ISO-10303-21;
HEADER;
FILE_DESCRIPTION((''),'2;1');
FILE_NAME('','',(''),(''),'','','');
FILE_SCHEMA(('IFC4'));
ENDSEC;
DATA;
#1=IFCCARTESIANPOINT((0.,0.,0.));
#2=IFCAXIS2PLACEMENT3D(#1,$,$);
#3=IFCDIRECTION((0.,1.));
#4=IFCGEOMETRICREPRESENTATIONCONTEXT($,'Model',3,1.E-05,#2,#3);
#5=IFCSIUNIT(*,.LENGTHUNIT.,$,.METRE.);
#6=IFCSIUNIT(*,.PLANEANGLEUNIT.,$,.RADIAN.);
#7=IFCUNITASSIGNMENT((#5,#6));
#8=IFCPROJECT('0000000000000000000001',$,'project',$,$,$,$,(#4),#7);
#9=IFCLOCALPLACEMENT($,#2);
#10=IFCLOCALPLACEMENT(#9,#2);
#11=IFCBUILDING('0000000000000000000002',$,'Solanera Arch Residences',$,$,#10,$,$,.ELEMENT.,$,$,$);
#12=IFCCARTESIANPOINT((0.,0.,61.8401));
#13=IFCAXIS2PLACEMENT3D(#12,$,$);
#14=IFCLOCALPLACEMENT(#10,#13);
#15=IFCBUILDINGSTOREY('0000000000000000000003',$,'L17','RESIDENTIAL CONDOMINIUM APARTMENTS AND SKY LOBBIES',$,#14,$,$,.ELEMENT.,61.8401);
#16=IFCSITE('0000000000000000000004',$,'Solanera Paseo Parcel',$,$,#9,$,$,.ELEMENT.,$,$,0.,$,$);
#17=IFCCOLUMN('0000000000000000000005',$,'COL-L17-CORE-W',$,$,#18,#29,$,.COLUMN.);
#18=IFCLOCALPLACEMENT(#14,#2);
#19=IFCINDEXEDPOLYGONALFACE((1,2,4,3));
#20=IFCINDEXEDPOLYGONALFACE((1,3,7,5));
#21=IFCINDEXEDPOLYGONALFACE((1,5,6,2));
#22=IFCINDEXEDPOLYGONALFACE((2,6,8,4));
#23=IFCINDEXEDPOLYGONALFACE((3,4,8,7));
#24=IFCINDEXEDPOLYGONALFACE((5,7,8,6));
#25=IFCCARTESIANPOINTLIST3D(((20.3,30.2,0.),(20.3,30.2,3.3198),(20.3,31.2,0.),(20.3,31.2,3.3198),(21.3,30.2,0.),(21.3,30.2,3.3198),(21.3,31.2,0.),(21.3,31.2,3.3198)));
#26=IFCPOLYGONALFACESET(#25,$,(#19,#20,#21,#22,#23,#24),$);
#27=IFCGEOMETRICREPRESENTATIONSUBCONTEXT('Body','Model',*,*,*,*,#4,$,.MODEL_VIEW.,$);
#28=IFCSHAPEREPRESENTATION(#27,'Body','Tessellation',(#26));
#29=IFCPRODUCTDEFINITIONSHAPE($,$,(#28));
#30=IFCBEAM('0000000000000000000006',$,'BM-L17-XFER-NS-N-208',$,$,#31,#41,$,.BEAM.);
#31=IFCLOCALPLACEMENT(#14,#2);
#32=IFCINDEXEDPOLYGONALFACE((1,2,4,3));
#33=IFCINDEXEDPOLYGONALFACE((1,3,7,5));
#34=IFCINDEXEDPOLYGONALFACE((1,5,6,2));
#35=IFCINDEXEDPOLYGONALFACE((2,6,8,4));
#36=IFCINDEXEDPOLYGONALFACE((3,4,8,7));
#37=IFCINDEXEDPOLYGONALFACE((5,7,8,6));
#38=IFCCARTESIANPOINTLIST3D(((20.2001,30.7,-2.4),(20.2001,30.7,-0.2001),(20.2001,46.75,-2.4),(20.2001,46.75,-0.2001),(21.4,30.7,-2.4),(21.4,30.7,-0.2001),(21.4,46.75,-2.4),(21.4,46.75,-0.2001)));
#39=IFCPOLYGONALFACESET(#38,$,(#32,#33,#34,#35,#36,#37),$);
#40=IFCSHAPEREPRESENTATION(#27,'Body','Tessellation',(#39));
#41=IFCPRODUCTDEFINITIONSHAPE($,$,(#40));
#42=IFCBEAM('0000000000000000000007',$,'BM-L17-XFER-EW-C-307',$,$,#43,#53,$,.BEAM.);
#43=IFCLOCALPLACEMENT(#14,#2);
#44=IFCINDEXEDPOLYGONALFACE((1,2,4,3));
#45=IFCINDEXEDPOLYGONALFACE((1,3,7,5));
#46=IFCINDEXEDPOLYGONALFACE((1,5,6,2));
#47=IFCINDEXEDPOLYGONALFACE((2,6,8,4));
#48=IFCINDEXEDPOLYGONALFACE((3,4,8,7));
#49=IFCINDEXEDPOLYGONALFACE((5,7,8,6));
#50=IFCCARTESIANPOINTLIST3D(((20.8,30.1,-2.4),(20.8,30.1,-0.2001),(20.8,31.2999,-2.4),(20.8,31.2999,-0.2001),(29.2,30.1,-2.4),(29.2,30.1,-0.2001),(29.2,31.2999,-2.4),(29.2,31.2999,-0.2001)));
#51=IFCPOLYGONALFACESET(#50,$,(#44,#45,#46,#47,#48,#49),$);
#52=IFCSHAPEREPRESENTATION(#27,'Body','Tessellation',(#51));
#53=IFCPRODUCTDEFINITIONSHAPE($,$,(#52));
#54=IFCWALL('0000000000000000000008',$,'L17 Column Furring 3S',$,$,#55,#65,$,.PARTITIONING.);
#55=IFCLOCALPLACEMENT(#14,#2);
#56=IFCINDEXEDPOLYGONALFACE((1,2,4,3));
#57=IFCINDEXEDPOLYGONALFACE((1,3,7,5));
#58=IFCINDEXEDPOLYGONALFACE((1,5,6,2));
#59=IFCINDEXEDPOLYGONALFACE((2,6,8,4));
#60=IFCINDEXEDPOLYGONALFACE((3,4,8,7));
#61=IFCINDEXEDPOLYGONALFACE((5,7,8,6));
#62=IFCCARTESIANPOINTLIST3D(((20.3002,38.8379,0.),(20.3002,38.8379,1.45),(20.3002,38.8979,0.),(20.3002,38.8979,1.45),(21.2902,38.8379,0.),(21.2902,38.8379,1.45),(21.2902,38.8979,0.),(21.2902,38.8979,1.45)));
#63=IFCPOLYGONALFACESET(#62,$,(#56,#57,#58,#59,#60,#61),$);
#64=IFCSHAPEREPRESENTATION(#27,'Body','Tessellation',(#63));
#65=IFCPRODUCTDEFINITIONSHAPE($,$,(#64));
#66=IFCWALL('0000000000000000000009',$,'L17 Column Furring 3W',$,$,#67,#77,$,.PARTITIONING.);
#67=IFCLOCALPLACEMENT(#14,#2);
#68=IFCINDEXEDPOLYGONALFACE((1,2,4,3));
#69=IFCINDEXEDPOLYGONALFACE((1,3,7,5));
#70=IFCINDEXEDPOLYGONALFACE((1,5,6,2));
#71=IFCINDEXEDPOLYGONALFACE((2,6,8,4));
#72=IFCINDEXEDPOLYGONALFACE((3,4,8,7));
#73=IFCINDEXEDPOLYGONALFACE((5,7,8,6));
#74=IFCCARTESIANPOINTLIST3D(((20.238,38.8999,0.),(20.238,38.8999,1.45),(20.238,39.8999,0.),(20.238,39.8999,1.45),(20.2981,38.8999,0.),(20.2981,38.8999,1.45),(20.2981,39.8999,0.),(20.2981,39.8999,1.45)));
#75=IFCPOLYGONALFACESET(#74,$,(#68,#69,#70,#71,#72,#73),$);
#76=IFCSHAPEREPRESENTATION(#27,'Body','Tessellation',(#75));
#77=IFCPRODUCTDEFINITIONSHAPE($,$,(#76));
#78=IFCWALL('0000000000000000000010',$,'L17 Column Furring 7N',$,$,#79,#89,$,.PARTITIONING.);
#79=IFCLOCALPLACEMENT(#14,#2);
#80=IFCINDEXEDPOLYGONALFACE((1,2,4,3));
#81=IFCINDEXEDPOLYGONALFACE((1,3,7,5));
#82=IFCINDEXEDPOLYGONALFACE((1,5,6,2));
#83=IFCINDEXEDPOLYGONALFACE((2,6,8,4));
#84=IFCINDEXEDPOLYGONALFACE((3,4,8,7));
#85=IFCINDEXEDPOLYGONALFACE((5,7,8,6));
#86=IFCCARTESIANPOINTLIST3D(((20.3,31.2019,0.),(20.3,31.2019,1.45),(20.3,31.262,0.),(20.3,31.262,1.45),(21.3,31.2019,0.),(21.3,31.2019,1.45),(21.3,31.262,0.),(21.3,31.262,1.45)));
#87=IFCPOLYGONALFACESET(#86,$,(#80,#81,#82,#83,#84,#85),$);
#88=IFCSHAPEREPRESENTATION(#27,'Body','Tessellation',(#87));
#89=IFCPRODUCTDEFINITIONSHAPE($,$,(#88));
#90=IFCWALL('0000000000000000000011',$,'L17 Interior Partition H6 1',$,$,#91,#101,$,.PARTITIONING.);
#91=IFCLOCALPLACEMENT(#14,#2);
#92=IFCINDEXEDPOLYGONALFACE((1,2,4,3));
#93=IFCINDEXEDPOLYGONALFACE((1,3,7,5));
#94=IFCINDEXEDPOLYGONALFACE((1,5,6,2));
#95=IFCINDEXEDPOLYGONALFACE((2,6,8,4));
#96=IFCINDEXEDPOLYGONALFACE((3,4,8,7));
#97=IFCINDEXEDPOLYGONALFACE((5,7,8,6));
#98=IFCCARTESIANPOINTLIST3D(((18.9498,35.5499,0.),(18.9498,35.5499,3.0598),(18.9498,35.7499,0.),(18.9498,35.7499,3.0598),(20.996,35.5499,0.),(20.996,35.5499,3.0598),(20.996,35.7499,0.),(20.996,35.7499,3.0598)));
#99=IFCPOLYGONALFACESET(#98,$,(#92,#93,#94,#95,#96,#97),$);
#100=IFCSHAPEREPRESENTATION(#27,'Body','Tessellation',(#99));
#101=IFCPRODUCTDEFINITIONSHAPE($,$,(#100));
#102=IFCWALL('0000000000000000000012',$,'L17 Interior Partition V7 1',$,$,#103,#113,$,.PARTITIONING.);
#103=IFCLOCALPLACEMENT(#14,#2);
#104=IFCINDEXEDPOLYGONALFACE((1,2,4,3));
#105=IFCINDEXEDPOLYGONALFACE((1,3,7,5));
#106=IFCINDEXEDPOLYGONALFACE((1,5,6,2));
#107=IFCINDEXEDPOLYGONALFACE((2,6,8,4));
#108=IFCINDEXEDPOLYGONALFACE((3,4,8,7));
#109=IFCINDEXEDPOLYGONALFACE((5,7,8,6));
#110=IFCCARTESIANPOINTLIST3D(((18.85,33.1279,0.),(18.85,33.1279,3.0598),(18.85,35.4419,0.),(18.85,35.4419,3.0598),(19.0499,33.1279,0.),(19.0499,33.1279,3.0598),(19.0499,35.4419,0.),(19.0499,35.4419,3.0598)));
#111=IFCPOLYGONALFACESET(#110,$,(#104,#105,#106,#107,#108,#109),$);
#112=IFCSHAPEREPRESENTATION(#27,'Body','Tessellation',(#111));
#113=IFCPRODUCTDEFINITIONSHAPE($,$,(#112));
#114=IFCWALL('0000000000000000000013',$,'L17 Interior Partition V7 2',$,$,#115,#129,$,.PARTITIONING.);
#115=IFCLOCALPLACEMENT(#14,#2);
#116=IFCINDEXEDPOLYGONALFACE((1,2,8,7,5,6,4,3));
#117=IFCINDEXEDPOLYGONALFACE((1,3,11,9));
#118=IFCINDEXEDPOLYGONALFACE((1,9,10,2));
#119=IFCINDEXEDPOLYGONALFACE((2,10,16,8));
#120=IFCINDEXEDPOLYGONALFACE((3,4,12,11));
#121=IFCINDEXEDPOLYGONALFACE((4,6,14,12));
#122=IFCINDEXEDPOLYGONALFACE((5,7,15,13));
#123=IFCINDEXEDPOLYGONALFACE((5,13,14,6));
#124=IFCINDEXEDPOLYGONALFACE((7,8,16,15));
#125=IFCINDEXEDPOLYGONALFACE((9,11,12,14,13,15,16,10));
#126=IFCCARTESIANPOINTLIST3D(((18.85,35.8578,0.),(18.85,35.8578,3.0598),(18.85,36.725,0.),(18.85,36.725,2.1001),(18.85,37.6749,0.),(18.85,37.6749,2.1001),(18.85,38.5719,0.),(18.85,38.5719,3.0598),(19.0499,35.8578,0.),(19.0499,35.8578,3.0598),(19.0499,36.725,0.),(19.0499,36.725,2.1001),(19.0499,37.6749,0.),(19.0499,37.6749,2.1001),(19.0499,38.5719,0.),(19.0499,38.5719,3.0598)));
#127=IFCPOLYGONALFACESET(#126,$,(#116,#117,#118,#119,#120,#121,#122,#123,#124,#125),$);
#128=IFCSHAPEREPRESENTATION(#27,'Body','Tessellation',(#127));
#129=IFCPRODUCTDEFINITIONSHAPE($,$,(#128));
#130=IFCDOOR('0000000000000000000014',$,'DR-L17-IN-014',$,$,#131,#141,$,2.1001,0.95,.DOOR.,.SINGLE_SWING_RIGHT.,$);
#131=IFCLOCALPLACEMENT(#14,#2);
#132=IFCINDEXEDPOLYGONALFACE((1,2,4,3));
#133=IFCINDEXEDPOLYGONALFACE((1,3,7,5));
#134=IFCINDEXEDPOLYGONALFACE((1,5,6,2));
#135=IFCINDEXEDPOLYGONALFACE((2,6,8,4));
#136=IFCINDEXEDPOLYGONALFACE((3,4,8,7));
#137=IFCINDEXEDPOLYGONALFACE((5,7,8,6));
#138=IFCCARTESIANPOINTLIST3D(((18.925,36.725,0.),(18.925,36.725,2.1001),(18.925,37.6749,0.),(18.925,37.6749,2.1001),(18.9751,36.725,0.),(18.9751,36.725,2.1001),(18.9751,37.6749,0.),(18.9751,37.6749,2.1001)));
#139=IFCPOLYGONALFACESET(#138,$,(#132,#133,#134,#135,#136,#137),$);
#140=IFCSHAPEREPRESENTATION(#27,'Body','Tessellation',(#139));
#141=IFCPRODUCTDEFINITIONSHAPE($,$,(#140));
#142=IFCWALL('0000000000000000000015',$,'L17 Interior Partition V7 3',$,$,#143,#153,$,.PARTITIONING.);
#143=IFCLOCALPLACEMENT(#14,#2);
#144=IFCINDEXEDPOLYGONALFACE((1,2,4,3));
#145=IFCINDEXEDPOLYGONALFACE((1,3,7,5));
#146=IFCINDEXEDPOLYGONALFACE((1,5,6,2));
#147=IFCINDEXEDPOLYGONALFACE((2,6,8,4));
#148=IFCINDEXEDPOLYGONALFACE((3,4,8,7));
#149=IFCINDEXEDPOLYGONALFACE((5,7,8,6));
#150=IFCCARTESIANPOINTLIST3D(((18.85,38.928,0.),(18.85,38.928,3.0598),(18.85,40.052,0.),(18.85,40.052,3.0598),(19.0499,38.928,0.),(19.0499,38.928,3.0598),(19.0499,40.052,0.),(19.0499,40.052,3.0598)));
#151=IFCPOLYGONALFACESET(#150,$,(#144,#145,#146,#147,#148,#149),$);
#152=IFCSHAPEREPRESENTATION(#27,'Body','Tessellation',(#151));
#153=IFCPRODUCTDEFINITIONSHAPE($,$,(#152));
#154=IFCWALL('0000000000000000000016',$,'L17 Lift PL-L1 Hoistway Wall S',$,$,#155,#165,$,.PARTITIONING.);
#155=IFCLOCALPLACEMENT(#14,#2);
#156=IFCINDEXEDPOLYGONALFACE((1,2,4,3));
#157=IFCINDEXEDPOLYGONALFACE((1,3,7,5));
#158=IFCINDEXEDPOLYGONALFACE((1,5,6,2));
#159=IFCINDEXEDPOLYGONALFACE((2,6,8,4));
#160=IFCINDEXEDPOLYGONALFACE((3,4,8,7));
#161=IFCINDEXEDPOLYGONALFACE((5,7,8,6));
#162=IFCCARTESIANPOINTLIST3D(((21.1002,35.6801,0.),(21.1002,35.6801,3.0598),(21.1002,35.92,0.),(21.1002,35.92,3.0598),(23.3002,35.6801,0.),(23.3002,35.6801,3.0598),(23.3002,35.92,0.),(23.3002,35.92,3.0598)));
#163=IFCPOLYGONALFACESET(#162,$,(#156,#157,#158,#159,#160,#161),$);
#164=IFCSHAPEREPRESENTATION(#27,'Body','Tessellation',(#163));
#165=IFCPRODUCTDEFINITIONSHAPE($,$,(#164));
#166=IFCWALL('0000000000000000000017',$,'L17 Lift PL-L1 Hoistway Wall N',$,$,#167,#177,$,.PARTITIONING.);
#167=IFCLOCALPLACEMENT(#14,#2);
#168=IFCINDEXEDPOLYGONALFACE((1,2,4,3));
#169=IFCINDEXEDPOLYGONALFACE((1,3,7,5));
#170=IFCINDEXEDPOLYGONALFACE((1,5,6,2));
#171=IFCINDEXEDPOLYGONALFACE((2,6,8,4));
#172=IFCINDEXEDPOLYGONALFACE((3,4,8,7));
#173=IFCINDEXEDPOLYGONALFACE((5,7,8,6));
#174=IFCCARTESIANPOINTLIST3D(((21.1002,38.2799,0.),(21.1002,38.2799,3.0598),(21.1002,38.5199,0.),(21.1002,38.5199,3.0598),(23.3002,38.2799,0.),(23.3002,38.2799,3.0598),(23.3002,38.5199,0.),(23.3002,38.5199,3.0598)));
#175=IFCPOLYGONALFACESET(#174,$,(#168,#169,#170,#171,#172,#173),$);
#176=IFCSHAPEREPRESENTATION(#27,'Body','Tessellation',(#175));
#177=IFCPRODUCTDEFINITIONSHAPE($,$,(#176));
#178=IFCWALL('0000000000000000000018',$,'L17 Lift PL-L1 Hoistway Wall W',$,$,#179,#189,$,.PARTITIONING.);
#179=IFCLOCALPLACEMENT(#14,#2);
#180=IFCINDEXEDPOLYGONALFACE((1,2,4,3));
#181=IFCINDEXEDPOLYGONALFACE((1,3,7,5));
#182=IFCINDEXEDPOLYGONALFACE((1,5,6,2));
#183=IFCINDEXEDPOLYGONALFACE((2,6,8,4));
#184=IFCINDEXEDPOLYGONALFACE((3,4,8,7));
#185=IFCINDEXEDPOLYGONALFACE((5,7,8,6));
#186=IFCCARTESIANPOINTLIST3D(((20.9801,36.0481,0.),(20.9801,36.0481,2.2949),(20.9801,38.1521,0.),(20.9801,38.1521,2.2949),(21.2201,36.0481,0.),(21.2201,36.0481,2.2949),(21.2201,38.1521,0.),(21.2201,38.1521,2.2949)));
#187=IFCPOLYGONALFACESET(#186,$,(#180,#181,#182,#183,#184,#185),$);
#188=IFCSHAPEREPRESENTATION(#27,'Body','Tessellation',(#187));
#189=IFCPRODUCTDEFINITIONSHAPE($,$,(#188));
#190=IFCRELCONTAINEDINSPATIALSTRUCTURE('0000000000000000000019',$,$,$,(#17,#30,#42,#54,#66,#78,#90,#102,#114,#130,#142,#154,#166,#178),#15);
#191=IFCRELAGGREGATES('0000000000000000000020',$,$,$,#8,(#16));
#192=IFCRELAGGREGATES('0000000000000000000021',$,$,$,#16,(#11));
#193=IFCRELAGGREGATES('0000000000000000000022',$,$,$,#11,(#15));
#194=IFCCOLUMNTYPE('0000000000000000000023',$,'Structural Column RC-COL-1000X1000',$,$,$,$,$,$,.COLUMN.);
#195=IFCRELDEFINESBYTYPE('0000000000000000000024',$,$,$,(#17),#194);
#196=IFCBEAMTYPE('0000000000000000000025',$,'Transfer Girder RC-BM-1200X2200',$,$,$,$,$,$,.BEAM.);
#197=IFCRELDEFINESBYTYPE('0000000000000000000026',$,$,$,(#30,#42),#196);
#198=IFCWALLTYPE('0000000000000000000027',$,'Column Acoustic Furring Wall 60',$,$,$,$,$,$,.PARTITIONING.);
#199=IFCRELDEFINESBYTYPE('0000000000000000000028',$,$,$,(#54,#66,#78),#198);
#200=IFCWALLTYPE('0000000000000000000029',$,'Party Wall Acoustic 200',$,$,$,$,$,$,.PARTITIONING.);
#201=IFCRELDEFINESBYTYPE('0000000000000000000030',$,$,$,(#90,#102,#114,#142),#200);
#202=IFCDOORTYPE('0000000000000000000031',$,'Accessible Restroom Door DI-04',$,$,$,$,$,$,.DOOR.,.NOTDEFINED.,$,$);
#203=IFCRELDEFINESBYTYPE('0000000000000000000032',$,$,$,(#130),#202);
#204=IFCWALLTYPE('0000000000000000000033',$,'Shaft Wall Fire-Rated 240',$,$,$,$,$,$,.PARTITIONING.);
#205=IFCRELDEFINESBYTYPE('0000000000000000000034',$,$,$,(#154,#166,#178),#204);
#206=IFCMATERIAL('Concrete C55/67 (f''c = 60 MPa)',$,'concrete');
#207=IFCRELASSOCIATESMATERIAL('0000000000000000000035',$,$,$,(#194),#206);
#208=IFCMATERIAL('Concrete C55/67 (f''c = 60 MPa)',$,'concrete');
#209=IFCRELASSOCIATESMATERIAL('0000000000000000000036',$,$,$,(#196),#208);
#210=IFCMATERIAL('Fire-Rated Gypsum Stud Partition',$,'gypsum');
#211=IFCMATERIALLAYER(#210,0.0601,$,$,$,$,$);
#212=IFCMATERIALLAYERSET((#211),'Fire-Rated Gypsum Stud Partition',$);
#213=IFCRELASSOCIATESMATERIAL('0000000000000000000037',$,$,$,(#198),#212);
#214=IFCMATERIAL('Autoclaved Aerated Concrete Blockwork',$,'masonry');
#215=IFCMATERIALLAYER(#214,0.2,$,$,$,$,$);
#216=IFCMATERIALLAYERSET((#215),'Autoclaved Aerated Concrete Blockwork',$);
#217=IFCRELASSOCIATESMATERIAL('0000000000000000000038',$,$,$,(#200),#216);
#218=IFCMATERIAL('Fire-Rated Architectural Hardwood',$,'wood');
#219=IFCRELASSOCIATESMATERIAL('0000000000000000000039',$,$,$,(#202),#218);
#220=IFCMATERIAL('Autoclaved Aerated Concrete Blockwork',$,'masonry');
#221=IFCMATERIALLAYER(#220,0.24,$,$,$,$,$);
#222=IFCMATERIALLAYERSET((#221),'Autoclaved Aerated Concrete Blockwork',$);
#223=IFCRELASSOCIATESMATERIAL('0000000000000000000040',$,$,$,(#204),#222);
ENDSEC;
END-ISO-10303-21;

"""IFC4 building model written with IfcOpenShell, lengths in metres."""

from ifc_helpers import new_model, si_unit, direction, frame, frame_2d, origin, origin_2d, place, context, subcontext, project, spatial, rectangle, extrude, material, layer, layer_set, material_profile, profile_set, type_object, element, fill, save


model = new_model("IFC4")

# Units and contexts
model_context = context("Model", 3, precision=1e-05, world=origin(), true_north=direction((0.0, 1.0)))
body_context = subcontext(model_context, "Body", "Model", "MODEL_VIEW")
ifc_project = project(units=[si_unit("LENGTHUNIT", "METRE"), si_unit("PLANEANGLEUNIT", "RADIAN")], contexts=[model_context])

# Site, building, storey
site_placement = place(None, origin())
site = spatial("IfcSite", under=ifc_project, at=site_placement, Name="Solanera Paseo Parcel", CompositionType="ELEMENT", RefElevation=0.0)
building_placement = place(site_placement, origin())
building = spatial("IfcBuilding", under=site, at=building_placement, Name="Solanera Arch Residences", CompositionType="ELEMENT")
storey_placement = place(building_placement, frame((0.0, 0.0, 61.8401)))
storey = spatial("IfcBuildingStorey", under=building, at=storey_placement, Name="L17", Description="RESIDENTIAL CONDOMINIUM APARTMENTS AND SKY LOBBIES", CompositionType="ELEMENT", Elevation=61.8401)

# Column
ifc_material_1 = material(Name="Concrete C55/67 (f'c = 60 MPa)", Category="concrete")
ifc_material_profile_1 = material_profile(ifc_material_1, rectangle(XDim=1.0, YDim=1.0, at=origin_2d()))
ifc_profile_set_1 = profile_set([ifc_material_profile_1], Name="Concrete C55/67 (f'c = 60 MPa)")
column_type = type_object("IfcColumnType", Name="Structural Column RC-COL-1000X1000", PredefinedType="COLUMN", material=ifc_profile_set_1)
column_placement = place(storey_placement, frame((20.8, 30.7, 0.0), z_axis=(0.0, 0.0, 1.0), x_axis=(1.0, 0.0, 0.0)))
element("IfcColumn", 1, at=column_placement, inside=storey, type_object=column_type, Name="COL-L17-CORE-W", PredefinedType="COLUMN", context=body_context, shape_type="SweptSolid", body=[
    extrude(rectangle(XDim=1.0, YDim=1.0, at=origin_2d()), origin(), (0.0, 0.0, 1.0), 3.3198),
])

# Beams
ifc_material_2 = material(Name="Concrete C55/67 (f'c = 60 MPa)", Category="concrete")
ifc_material_profile_2 = material_profile(ifc_material_2, rectangle(XDim=1.2, YDim=2.2, at=origin_2d()))
ifc_profile_set_2 = profile_set([ifc_material_profile_2], Name="Concrete C55/67 (f'c = 60 MPa)")
beam_type = type_object("IfcBeamType", Name="Transfer Girder RC-BM-1200X2200", PredefinedType="BEAM", material=ifc_profile_set_2)
beam_1_placement = place(storey_placement, frame((20.8, 30.7, -1.3), z_axis=(0.0, 1.0, 0.0), x_axis=(-1.0, 0.0, 0.0)))
element("IfcBeam", 2, at=beam_1_placement, inside=storey, type_object=beam_type, Name="BM-L17-XFER-NS-N-208", PredefinedType="BEAM", context=body_context, shape_type="SweptSolid", body=[
    extrude(rectangle(XDim=1.2, YDim=2.2, at=origin_2d()), origin(), (0.0, 0.0, 1.0), 16.05),
])
beam_2_placement = place(storey_placement, frame((20.8, 30.7, -1.3), z_axis=(1.0, 0.0, 0.0), x_axis=(0.0, 1.0, 0.0)))
element("IfcBeam", 3, at=beam_2_placement, inside=storey, type_object=beam_type, Name="BM-L17-XFER-EW-C-307", PredefinedType="BEAM", context=body_context, shape_type="SweptSolid", body=[
    extrude(rectangle(XDim=1.2, YDim=2.2, at=origin_2d()), origin(), (0.0, 0.0, 1.0), 8.3999),
])

# Walls
ifc_material_3 = material(Name="Fire-Rated Gypsum Stud Partition", Category="gypsum")
ifc_layer_1 = layer(ifc_material_3, 0.0601)
ifc_layer_set_1 = layer_set([ifc_layer_1], Name="Fire-Rated Gypsum Stud Partition")
wall_type_1 = type_object("IfcWallType", Name="Column Acoustic Furring Wall 60", PredefinedType="PARTITIONING", material=ifc_layer_set_1)
wall_1_placement = place(storey_placement, frame((20.3, 38.8679, 0.0), z_axis=(0.0, 0.0, 1.0), x_axis=(1.0, 0.0, 0.0)))
element("IfcWall", 4, at=wall_1_placement, inside=storey, type_object=wall_type_1, Name="L17 Column Furring 3S", PredefinedType="PARTITIONING", context=body_context, shape_type="SweptSolid", body=[
    extrude(rectangle(XDim=0.99, YDim=0.0601, at=frame_2d((0.4951, 0.0))), origin(), (0.0, 0.0, 1.0), 1.45),
])
for number, where, z_axis, x_axis, name in (
    (5, (20.2681, 38.8999, 0.0), (0.0, 0.0, 1.0), (0.0, 1.0, 0.0), "L17 Column Furring 3W"),
    (6, (20.3, 31.2319, 0.0), (0.0, 0.0, 1.0), (1.0, 0.0, 0.0), "L17 Column Furring 7N"),
):
    element("IfcWall", number, at=place(storey_placement, frame(where, z_axis=z_axis, x_axis=x_axis)), inside=storey, type_object=wall_type_1, Name=name, PredefinedType="PARTITIONING", context=body_context, shape_type="SweptSolid", body=[
        extrude(rectangle(XDim=1.0, YDim=0.0601, at=frame_2d((0.5, 0.0))), origin(), (0.0, 0.0, 1.0), 1.45),
    ])

# Walls
ifc_material_4 = material(Name="Autoclaved Aerated Concrete Blockwork", Category="masonry")
ifc_layer_2 = layer(ifc_material_4, 0.2)
ifc_layer_set_2 = layer_set([ifc_layer_2], Name="Autoclaved Aerated Concrete Blockwork")
wall_type_2 = type_object("IfcWallType", Name="Party Wall Acoustic 200", PredefinedType="PARTITIONING", material=ifc_layer_set_2)
wall_2_placement = place(storey_placement, frame((18.95, 35.6499, 0.0), z_axis=(0.0, 0.0, 1.0), x_axis=(1.0, 0.0, 0.0)))
element("IfcWall", 7, at=wall_2_placement, inside=storey, type_object=wall_type_2, Name="L17 Interior Partition H6 1", PredefinedType="PARTITIONING", context=body_context, shape_type="SweptSolid", body=[
    extrude(rectangle(XDim=2.0461, YDim=0.2, at=frame_2d((1.0229, 0.0))), origin(), (0.0, 0.0, 1.0), 3.0598),
])
wall_3_placement = place(storey_placement, frame((18.95, 33.1279, 0.0), z_axis=(0.0, 0.0, 1.0), x_axis=(0.0, 1.0, 0.0)))
element("IfcWall", 8, at=wall_3_placement, inside=storey, type_object=wall_type_2, Name="L17 Interior Partition V7 1", PredefinedType="PARTITIONING", context=body_context, shape_type="SweptSolid", body=[
    extrude(rectangle(XDim=2.314, YDim=0.2, at=frame_2d((1.157, 0.0))), origin(), (0.0, 0.0, 1.0), 3.0598),
])

# Wall, opening, door
wall_4_placement = place(storey_placement, frame((18.95, 35.8579, 0.0), z_axis=(0.0, 0.0, 1.0), x_axis=(0.0, 1.0, 0.0)))
wall_4 = element("IfcWall", 9, at=wall_4_placement, inside=storey, type_object=wall_type_2, Name="L17 Interior Partition V7 2", PredefinedType="PARTITIONING", context=body_context, shape_type="SweptSolid", body=[
    extrude(rectangle(XDim=2.7141, YDim=0.2, at=frame_2d((1.3569, 0.0))), origin(), (0.0, 0.0, 1.0), 3.0598),
])
opening_1_placement = place(wall_4_placement, frame((0.8669, 0.0, 0.0)))
opening_1 = element("IfcOpeningElement", 10, at=opening_1_placement, cuts=wall_4, PredefinedType="OPENING", context=body_context, shape_type="SweptSolid", body=[
    extrude(rectangle(XDim=0.95, YDim=2.1001, at=frame_2d((0.4751, 1.05))), frame((0.0, 0.1101, 0.0), z_axis=(0.0, -1.0, 0.0), x_axis=(1.0, 0.0, 0.0)), (0.0, 0.0, 1.0), 0.22),
])
ifc_material_5 = material(Name="Fire-Rated Architectural Hardwood", Category="wood")
door_type_1 = type_object("IfcDoorType", Name="Accessible Restroom Door DI-04", OperationType="NOTDEFINED", PredefinedType="DOOR", material=ifc_material_5)
door_1_placement = place(opening_1_placement, origin())
door_1 = element("IfcDoor", 11, at=door_1_placement, inside=storey, type_object=door_type_1, Name="DR-L17-IN-014", OperationType="SINGLE_SWING_RIGHT", OverallHeight=2.1001, OverallWidth=0.95, PredefinedType="DOOR", context=body_context, shape_type="SweptSolid", body=[
    extrude(rectangle(XDim=0.95, YDim=2.1001, at=frame_2d((0.4751, 1.05))), frame((0.0, 0.0249, 0.0), z_axis=(0.0, -1.0, 0.0), x_axis=(1.0, 0.0, 0.0)), (0.0, 0.0, 1.0), 0.05),
])
fill(opening_1, door_1)

# Walls
wall_5_placement = place(storey_placement, frame((18.95, 38.928, 0.0), z_axis=(0.0, 0.0, 1.0), x_axis=(0.0, 1.0, 0.0)))
element("IfcWall", 12, at=wall_5_placement, inside=storey, type_object=wall_type_2, Name="L17 Interior Partition V7 3", PredefinedType="PARTITIONING", context=body_context, shape_type="SweptSolid", body=[
    extrude(rectangle(XDim=1.124, YDim=0.2, at=frame_2d((0.562, 0.0))), origin(), (0.0, 0.0, 1.0), 3.0598),
])
ifc_material_6 = material(Name="Autoclaved Aerated Concrete Blockwork", Category="masonry")
ifc_layer_3 = layer(ifc_material_6, 0.24)
ifc_layer_set_3 = layer_set([ifc_layer_3], Name="Autoclaved Aerated Concrete Blockwork")
wall_type_3 = type_object("IfcWallType", Name="Shaft Wall Fire-Rated 240", PredefinedType="PARTITIONING", material=ifc_layer_set_3)
for number, where, z_axis, x_axis, name in (
    (13, (21.1001, 35.8, 0.0), (0.0, 0.0, 1.0), (1.0, 0.0, 0.0), "L17 Lift PL-L1 Hoistway Wall S"),
    (14, (21.1001, 38.3999, 0.0), (0.0, 0.0, 1.0), (1.0, 0.0, 0.0), "L17 Lift PL-L1 Hoistway Wall N"),
):
    element("IfcWall", number, at=place(storey_placement, frame(where, z_axis=z_axis, x_axis=x_axis)), inside=storey, type_object=wall_type_3, Name=name, PredefinedType="PARTITIONING", context=body_context, shape_type="SweptSolid", body=[
        extrude(rectangle(XDim=2.2, YDim=0.24, at=frame_2d((1.1001, 0.0))), origin(), (0.0, 0.0, 1.0), 3.0598),
    ])
wall_6_placement = place(storey_placement, frame((21.1001, 36.0481, 0.0), z_axis=(0.0, 0.0, 1.0), x_axis=(0.0, 1.0, 0.0)))
element("IfcWall", 15, at=wall_6_placement, inside=storey, type_object=wall_type_3, Name="L17 Lift PL-L1 Hoistway Wall W", PredefinedType="PARTITIONING", context=body_context, shape_type="SweptSolid", body=[
    extrude(rectangle(XDim=2.104, YDim=0.24, at=frame_2d((1.052, 0.0))), origin(), (0.0, 0.0, 1.0), 2.2949),
])

save(model, "model.ifc")
